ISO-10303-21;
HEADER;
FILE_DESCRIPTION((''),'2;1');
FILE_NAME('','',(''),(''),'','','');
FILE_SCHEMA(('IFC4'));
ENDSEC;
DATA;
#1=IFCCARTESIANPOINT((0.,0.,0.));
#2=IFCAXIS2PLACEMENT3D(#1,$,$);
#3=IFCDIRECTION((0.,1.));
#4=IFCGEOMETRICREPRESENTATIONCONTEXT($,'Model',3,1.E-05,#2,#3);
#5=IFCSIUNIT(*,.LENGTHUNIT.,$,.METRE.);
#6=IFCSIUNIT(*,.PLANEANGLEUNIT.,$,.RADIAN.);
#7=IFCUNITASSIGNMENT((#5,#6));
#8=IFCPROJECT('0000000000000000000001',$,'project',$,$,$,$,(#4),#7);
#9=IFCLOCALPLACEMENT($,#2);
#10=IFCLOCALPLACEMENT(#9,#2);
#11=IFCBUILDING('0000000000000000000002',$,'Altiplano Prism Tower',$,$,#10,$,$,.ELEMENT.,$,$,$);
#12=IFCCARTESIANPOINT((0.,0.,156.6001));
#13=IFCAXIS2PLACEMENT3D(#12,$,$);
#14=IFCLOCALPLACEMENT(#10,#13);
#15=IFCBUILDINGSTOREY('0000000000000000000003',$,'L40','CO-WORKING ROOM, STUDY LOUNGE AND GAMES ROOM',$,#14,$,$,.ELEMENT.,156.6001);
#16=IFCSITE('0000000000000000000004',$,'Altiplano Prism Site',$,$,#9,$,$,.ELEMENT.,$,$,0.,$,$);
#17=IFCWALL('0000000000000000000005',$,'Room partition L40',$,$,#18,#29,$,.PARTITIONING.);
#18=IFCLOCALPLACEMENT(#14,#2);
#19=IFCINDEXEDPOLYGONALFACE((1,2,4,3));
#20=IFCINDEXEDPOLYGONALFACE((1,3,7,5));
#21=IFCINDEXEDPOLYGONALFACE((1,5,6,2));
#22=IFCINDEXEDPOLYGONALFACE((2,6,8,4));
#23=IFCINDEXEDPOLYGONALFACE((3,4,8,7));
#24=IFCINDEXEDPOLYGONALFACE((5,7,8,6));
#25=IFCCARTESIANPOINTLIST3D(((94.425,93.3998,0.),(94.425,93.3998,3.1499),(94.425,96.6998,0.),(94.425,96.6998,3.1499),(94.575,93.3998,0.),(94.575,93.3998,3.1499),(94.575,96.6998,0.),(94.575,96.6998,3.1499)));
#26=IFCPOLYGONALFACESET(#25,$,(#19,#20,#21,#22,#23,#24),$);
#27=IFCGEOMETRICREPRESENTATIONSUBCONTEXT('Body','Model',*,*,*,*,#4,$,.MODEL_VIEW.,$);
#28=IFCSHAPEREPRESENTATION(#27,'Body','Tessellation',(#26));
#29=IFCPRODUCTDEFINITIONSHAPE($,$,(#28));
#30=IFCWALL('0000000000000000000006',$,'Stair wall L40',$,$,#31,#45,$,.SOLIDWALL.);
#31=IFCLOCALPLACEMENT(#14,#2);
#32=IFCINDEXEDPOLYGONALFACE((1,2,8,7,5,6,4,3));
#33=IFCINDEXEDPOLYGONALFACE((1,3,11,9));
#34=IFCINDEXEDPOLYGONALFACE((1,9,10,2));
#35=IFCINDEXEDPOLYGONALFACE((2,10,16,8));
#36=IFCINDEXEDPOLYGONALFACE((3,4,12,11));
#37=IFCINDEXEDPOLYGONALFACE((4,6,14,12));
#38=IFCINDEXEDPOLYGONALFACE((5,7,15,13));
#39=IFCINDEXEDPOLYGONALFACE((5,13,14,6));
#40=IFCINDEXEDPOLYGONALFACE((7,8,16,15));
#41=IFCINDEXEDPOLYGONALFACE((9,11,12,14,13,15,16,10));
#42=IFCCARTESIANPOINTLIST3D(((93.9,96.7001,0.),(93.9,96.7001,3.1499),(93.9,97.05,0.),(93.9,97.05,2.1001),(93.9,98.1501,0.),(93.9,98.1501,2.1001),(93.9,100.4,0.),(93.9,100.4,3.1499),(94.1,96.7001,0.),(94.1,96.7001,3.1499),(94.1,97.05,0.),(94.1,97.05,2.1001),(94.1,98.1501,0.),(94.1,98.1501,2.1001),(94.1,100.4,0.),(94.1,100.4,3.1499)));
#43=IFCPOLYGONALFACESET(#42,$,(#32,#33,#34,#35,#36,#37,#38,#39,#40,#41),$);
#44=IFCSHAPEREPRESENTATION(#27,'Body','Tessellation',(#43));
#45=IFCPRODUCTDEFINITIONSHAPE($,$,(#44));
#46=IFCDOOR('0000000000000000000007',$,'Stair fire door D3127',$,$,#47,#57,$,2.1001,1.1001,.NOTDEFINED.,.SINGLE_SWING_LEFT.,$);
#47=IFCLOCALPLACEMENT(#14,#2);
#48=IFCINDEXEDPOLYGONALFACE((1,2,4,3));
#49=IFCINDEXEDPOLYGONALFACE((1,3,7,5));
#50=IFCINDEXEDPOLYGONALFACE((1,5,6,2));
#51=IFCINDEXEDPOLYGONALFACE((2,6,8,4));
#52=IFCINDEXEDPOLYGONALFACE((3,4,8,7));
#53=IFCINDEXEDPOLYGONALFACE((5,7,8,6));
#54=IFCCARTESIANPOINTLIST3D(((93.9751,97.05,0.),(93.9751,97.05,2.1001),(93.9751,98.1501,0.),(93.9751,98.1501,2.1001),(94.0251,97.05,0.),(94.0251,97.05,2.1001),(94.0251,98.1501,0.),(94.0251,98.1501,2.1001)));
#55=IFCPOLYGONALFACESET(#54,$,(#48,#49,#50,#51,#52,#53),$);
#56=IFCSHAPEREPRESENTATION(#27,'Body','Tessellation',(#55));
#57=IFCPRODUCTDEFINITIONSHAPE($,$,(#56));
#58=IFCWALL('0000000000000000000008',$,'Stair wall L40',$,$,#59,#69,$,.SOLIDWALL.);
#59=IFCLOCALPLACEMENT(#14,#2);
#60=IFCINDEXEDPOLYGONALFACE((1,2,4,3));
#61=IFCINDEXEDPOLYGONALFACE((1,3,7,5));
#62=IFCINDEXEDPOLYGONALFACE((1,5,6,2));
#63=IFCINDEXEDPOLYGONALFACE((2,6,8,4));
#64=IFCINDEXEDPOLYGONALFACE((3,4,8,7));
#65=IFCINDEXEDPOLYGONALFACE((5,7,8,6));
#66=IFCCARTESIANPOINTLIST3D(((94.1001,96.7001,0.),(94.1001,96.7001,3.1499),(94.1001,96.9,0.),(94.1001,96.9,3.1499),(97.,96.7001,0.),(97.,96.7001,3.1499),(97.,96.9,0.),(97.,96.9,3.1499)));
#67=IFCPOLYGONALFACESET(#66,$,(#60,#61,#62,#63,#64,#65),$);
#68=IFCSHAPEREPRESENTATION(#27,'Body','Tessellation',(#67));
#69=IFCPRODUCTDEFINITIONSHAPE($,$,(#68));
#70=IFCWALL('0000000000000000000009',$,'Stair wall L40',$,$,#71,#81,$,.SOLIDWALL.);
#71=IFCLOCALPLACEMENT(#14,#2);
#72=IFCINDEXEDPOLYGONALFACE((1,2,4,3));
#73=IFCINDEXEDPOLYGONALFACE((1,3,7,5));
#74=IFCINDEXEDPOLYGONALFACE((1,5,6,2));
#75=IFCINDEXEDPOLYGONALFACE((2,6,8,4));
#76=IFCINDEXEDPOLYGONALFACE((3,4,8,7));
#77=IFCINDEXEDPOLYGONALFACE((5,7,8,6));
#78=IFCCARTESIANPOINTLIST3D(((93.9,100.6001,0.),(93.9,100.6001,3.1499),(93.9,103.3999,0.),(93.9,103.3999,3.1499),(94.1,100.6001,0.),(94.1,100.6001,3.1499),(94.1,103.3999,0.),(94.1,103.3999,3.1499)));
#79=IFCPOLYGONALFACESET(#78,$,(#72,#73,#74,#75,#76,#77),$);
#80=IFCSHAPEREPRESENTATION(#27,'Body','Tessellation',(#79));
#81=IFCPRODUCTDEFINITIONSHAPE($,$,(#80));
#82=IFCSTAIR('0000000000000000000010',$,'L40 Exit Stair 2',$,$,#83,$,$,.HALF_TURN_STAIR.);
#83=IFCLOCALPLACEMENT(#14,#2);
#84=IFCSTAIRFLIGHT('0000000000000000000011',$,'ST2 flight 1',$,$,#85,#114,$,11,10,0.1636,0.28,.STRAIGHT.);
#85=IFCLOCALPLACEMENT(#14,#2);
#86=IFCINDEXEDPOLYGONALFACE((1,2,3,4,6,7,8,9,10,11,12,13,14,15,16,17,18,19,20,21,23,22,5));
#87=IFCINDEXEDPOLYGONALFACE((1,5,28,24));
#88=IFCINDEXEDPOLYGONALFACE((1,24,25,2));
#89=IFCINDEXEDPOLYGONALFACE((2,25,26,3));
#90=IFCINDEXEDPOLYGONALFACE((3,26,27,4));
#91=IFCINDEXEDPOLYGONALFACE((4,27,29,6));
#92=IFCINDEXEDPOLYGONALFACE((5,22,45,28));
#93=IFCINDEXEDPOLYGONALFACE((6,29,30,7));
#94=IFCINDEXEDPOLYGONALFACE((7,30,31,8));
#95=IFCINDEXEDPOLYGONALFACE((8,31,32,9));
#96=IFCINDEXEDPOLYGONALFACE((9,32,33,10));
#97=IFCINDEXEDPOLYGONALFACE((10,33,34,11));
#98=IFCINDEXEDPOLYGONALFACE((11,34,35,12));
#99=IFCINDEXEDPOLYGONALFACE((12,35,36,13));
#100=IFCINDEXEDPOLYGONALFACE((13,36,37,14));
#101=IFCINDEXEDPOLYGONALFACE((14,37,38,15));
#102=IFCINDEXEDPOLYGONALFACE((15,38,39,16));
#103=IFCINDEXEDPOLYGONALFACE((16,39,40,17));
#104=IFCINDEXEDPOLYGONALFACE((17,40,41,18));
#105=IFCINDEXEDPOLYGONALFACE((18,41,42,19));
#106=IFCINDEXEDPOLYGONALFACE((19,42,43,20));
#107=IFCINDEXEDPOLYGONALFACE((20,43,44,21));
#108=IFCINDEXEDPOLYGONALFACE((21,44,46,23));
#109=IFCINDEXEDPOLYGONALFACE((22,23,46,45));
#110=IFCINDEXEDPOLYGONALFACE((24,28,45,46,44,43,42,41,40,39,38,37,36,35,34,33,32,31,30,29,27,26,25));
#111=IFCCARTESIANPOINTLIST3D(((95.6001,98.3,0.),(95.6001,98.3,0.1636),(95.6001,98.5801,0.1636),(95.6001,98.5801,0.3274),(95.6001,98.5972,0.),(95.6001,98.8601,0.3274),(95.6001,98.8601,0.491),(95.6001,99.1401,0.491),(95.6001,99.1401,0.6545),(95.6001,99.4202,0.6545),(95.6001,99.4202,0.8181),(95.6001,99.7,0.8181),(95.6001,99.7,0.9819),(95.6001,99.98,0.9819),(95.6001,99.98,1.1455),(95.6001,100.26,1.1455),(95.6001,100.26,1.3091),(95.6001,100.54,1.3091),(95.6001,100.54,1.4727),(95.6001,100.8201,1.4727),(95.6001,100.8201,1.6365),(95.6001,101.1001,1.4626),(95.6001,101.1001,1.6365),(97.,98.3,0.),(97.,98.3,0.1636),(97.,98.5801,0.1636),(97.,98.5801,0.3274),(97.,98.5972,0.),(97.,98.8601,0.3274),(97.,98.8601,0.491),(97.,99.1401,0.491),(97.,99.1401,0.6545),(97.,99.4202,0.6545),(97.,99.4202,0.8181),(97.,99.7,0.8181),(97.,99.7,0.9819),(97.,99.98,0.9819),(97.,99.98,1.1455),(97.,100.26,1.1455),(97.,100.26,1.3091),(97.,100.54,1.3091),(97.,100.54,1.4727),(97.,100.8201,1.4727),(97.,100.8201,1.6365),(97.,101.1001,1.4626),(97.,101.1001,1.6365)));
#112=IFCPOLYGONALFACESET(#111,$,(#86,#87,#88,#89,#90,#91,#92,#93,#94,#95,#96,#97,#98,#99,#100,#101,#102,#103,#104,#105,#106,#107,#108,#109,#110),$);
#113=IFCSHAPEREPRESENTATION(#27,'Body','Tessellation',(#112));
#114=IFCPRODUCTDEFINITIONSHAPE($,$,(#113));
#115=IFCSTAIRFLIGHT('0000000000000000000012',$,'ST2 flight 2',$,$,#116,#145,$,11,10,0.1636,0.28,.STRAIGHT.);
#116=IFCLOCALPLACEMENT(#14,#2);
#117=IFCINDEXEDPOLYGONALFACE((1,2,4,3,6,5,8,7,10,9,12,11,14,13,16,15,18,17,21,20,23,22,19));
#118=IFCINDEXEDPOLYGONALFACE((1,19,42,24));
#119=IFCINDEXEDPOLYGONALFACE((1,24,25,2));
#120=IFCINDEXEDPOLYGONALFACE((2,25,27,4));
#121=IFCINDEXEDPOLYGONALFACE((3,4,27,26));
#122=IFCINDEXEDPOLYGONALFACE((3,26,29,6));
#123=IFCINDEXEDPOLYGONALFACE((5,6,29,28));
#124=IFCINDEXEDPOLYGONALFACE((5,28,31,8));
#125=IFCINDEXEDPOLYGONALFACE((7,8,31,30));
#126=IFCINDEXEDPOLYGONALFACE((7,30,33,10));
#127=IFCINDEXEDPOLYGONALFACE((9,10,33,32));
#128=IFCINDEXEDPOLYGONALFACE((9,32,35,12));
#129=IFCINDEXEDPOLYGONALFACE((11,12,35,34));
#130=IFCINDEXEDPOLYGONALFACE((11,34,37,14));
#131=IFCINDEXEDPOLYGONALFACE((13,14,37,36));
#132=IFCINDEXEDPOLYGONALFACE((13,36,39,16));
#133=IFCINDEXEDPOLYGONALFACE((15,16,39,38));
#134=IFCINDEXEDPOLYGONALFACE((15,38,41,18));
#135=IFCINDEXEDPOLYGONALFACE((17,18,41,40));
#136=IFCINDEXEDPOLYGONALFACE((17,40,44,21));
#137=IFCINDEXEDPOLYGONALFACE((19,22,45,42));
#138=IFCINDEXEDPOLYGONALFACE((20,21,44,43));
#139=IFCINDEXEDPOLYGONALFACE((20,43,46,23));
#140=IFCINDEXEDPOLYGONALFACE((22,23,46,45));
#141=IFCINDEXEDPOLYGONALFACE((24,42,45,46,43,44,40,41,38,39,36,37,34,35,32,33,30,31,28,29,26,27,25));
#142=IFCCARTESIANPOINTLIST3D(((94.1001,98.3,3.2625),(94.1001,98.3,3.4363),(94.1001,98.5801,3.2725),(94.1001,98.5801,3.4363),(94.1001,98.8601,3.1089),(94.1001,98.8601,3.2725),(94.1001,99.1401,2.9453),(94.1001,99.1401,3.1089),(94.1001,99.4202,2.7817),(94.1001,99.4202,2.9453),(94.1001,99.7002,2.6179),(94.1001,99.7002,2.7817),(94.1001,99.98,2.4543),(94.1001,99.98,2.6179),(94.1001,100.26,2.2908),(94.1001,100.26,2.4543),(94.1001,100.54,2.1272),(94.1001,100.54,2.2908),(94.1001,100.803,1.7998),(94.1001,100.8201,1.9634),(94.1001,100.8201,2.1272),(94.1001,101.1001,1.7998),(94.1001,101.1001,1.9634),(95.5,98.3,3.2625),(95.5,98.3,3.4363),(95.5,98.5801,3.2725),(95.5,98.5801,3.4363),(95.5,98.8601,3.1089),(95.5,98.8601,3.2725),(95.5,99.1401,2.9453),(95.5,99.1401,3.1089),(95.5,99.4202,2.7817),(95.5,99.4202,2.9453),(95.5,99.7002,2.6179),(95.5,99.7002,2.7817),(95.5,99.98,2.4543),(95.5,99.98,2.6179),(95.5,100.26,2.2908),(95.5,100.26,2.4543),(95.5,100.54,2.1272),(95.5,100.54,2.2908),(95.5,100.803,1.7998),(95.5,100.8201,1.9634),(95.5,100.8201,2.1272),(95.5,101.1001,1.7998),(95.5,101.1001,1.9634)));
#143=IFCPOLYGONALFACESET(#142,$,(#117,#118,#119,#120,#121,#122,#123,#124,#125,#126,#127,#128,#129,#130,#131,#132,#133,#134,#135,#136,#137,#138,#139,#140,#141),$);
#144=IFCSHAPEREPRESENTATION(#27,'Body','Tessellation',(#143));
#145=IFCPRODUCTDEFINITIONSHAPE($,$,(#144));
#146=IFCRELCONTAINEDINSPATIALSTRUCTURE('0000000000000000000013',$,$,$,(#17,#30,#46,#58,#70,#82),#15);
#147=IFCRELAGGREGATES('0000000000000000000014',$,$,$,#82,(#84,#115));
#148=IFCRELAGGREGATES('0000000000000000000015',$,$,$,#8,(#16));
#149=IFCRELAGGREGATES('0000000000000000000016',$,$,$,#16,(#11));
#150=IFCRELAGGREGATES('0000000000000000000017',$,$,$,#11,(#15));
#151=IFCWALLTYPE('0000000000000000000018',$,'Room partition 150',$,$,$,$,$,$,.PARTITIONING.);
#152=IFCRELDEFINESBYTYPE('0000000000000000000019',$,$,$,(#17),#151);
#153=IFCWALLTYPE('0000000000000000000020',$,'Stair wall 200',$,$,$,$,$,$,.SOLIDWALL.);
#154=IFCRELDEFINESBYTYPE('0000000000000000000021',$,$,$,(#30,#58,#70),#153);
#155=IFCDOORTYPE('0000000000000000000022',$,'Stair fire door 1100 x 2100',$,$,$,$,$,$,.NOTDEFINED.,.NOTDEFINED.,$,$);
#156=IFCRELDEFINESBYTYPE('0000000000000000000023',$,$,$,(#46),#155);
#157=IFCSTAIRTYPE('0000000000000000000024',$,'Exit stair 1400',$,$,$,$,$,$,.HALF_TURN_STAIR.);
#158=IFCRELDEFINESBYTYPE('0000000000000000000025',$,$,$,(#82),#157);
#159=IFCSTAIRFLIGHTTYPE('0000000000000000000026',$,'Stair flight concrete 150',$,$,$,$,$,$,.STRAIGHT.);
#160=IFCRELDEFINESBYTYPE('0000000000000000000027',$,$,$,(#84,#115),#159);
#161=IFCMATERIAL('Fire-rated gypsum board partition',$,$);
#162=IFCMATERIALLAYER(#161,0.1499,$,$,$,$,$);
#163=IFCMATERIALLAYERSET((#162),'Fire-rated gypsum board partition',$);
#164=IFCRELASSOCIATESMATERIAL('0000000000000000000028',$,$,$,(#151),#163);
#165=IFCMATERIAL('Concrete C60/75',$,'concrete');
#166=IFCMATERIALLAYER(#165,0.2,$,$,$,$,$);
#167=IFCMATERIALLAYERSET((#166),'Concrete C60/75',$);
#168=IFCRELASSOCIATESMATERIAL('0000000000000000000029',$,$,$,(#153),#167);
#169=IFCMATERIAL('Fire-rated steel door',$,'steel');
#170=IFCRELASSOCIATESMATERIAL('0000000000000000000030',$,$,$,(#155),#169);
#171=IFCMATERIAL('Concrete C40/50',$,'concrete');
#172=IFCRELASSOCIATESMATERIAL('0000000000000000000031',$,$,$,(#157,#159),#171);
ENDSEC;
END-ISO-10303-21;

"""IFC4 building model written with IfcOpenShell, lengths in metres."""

from ifc_helpers import new_model, si_unit, direction, frame, frame_2d, origin, place, context, subcontext, project, spatial, polyline, rectangle, outline, extrude, material, layer, layer_set, type_object, element, fill, aggregate, save


model = new_model("IFC4")

# Units and contexts
model_context = context("Model", 3, precision=1e-05, world=origin(), true_north=direction((0.0, 1.0)))
body_context = subcontext(model_context, "Body", "Model", "MODEL_VIEW")
ifc_project = project(units=[si_unit("LENGTHUNIT", "METRE"), si_unit("PLANEANGLEUNIT", "RADIAN")], contexts=[model_context])

# Site, building, storey
site_placement = place(None, origin())
site = spatial("IfcSite", under=ifc_project, at=site_placement, Name="Altiplano Prism Site", CompositionType="ELEMENT", RefElevation=0.0)
building_placement = place(site_placement, origin())
building = spatial("IfcBuilding", under=site, at=building_placement, Name="Altiplano Prism Tower", CompositionType="ELEMENT")
storey_placement = place(building_placement, frame((0.0, 0.0, 156.6001)))
storey = spatial("IfcBuildingStorey", under=building, at=storey_placement, Name="L40", Description="CO-WORKING ROOM, STUDY LOUNGE AND GAMES ROOM", CompositionType="ELEMENT", Elevation=156.6001)

# Shared definitions
ifc_material_1 = material(Name="Concrete C60/75", Category="concrete")

# Wall
ifc_material_2 = material(Name="Fire-rated gypsum board partition")
ifc_layer_1 = layer(ifc_material_2, 0.1499)
ifc_layer_set_1 = layer_set([ifc_layer_1], Name="Fire-rated gypsum board partition")
wall_type_1 = type_object("IfcWallType", Name="Room partition 150", PredefinedType="PARTITIONING", material=ifc_layer_set_1)
wall_1_placement = place(storey_placement, frame((94.5, 93.3999, 0.0), z_axis=(0.0, 0.0, 1.0), x_axis=(0.0, 1.0, 0.0)))
element("IfcWall", 1, at=wall_1_placement, inside=storey, type_object=wall_type_1, Name="Room partition L40", PredefinedType="PARTITIONING", context=body_context, shape_type="SweptSolid", body=[
    extrude(rectangle(XDim=3.3, YDim=0.1499, at=frame_2d((1.6499, 0.0))), origin(), (0.0, 0.0, 1.0), 3.1499),
])

# Wall, opening, door
ifc_layer_2 = layer(ifc_material_1, 0.2)
ifc_layer_set_2 = layer_set([ifc_layer_2], Name="Concrete C60/75")
wall_type_2 = type_object("IfcWallType", Name="Stair wall 200", PredefinedType="SOLIDWALL", material=ifc_layer_set_2)
wall_2_placement = place(storey_placement, frame((94.0, 96.7, 0.0), z_axis=(0.0, 0.0, 1.0), x_axis=(0.0, 1.0, 0.0)))
wall_2 = element("IfcWall", 2, at=wall_2_placement, inside=storey, type_object=wall_type_2, Name="Stair wall L40", PredefinedType="SOLIDWALL", context=body_context, shape_type="SweptSolid", body=[
    extrude(rectangle(XDim=3.7, YDim=0.2, at=frame_2d((1.8501, 0.0))), origin(), (0.0, 0.0, 1.0), 3.1499),
])
opening_1_placement = place(wall_2_placement, frame((0.3501, 0.0, 0.0)))
opening_1 = element("IfcOpeningElement", 3, at=opening_1_placement, cuts=wall_2, PredefinedType="OPENING", context=body_context, shape_type="SweptSolid", body=[
    extrude(rectangle(XDim=1.1001, YDim=2.1001, at=frame_2d((0.55, 1.05))), frame((0.0, 0.1104, 0.0), z_axis=(0.0, -1.0, 0.0), x_axis=(1.0, 0.0, 0.0)), (0.0, 0.0, 1.0), 0.2209),
])
ifc_material_3 = material(Name="Fire-rated steel door", Category="steel")
door_type_1 = type_object("IfcDoorType", Name="Stair fire door 1100 x 2100", OperationType="NOTDEFINED", PredefinedType="NOTDEFINED", material=ifc_material_3)
door_1_placement = place(opening_1_placement, origin())
door_1 = element("IfcDoor", 4, at=door_1_placement, inside=storey, type_object=door_type_1, Name="Stair fire door D3127", OperationType="SINGLE_SWING_LEFT", OverallHeight=2.1001, OverallWidth=1.1001, PredefinedType="NOTDEFINED", context=body_context, shape_type="SweptSolid", body=[
    extrude(rectangle(XDim=1.1001, YDim=2.1001, at=frame_2d((0.55, 1.05))), frame((0.0, 0.0249, 0.0), z_axis=(0.0, -1.0, 0.0), x_axis=(1.0, 0.0, 0.0)), (0.0, 0.0, 1.0), 0.05),
])
fill(opening_1, door_1)

# Walls
wall_3_placement = place(storey_placement, frame((94.1001, 96.8, 0.0), z_axis=(0.0, 0.0, 1.0), x_axis=(1.0, 0.0, 0.0)))
element("IfcWall", 5, at=wall_3_placement, inside=storey, type_object=wall_type_2, Name="Stair wall L40", PredefinedType="SOLIDWALL", context=body_context, shape_type="SweptSolid", body=[
    extrude(rectangle(XDim=2.8999, YDim=0.2, at=frame_2d((1.45, 0.0))), origin(), (0.0, 0.0, 1.0), 3.1499),
])
wall_4_placement = place(storey_placement, frame((94.0, 100.6001, 0.0), z_axis=(0.0, 0.0, 1.0), x_axis=(0.0, 1.0, 0.0)))
element("IfcWall", 6, at=wall_4_placement, inside=storey, type_object=wall_type_2, Name="Stair wall L40", PredefinedType="SOLIDWALL", context=body_context, shape_type="SweptSolid", body=[
    extrude(rectangle(XDim=2.7998, YDim=0.2, at=frame_2d((1.3999, 0.0))), origin(), (0.0, 0.0, 1.0), 3.1499),
])

# Stair, stair flights
ifc_material_4 = material(Name="Concrete C40/50", Category="concrete")
stair_type = type_object("IfcStairType", Name="Exit stair 1400", PredefinedType="HALF_TURN_STAIR", material=ifc_material_4)
stair_placement = place(storey_placement, origin())
stair = element("IfcStair", 7, at=stair_placement, inside=storey, type_object=stair_type, Name="L40 Exit Stair 2", PredefinedType="HALF_TURN_STAIR")
stair_flight_type = type_object("IfcStairFlightType", Name="Stair flight concrete 150", PredefinedType="STRAIGHT", material=ifc_material_4)
stair_flight_1_placement = place(storey_placement, frame((96.3, 98.3, 0.0), z_axis=(0.0, 0.0, 1.0), x_axis=(0.0, 1.0, 0.0)))
stair_flight_1 = element("IfcStairFlight", 8, at=stair_flight_1_placement, type_object=stair_flight_type, Name="ST2 flight 1", NumberOfRisers=11, NumberOfTreads=10, PredefinedType="STRAIGHT", RiserHeight=0.1636, TreadLength=0.28, context=body_context, shape_type="SweptSolid", body=[
    extrude(outline(polyline([(0.0, 0.0), (0.0, 0.1636), (0.28, 0.1636), (0.28, 0.3274), (0.5601, 0.3274), (0.5601, 0.491), (0.8401, 0.491), (0.8401, 0.6545), (1.1201, 0.6545), (1.1201, 0.8181), (1.3999, 0.8181), (1.3999, 0.9819), (1.6799, 0.9819), (1.6799, 1.1455), (1.96, 1.1455), (1.96, 1.3091), (2.24, 1.3091), (2.24, 1.4727), (2.52, 1.4727), (2.52, 1.6365), (2.8, 1.6365), (2.8, 1.8), (2.8, 1.4626), (0.2971, 0.0), (0.0, 0.0)])), frame((0.0, 0.7, 0.0), z_axis=(0.0, -1.0, 0.0), x_axis=(1.0, 0.0, 0.0)), (0.0, 0.0, 1.0), 1.3999),
])
stair_flight_2_placement = place(storey_placement, frame((94.8, 101.1001, 1.7998), z_axis=(0.0, 0.0, 1.0), x_axis=(0.0, -1.0, 0.0)))
stair_flight_2 = element("IfcStairFlight", 9, at=stair_flight_2_placement, type_object=stair_flight_type, Name="ST2 flight 2", NumberOfRisers=11, NumberOfTreads=10, PredefinedType="STRAIGHT", RiserHeight=0.1636, TreadLength=0.28, context=body_context, shape_type="SweptSolid", body=[
    extrude(outline(polyline([(0.0, 0.0), (0.0, 0.1636), (0.28, 0.1636), (0.28, 0.3274), (0.5601, 0.3274), (0.5601, 0.491), (0.8401, 0.491), (0.8401, 0.6545), (1.1201, 0.6545), (1.1201, 0.8181), (1.3999, 0.8181), (1.3999, 0.9819), (1.6799, 0.9819), (1.6799, 1.1455), (1.96, 1.1455), (1.96, 1.3091), (2.24, 1.3091), (2.24, 1.4727), (2.52, 1.4727), (2.52, 1.6365), (2.8, 1.6365), (2.8, 1.8), (2.8, 1.4626), (0.2971, 0.0), (0.0, 0.0)])), frame((0.0, 0.7, 0.0), z_axis=(0.0, -1.0, 0.0), x_axis=(1.0, 0.0, 0.0)), (0.0, 0.0, 1.0), 1.3999),
])
aggregate(stair, [stair_flight_1, stair_flight_2])

save(model, "model.ifc")
